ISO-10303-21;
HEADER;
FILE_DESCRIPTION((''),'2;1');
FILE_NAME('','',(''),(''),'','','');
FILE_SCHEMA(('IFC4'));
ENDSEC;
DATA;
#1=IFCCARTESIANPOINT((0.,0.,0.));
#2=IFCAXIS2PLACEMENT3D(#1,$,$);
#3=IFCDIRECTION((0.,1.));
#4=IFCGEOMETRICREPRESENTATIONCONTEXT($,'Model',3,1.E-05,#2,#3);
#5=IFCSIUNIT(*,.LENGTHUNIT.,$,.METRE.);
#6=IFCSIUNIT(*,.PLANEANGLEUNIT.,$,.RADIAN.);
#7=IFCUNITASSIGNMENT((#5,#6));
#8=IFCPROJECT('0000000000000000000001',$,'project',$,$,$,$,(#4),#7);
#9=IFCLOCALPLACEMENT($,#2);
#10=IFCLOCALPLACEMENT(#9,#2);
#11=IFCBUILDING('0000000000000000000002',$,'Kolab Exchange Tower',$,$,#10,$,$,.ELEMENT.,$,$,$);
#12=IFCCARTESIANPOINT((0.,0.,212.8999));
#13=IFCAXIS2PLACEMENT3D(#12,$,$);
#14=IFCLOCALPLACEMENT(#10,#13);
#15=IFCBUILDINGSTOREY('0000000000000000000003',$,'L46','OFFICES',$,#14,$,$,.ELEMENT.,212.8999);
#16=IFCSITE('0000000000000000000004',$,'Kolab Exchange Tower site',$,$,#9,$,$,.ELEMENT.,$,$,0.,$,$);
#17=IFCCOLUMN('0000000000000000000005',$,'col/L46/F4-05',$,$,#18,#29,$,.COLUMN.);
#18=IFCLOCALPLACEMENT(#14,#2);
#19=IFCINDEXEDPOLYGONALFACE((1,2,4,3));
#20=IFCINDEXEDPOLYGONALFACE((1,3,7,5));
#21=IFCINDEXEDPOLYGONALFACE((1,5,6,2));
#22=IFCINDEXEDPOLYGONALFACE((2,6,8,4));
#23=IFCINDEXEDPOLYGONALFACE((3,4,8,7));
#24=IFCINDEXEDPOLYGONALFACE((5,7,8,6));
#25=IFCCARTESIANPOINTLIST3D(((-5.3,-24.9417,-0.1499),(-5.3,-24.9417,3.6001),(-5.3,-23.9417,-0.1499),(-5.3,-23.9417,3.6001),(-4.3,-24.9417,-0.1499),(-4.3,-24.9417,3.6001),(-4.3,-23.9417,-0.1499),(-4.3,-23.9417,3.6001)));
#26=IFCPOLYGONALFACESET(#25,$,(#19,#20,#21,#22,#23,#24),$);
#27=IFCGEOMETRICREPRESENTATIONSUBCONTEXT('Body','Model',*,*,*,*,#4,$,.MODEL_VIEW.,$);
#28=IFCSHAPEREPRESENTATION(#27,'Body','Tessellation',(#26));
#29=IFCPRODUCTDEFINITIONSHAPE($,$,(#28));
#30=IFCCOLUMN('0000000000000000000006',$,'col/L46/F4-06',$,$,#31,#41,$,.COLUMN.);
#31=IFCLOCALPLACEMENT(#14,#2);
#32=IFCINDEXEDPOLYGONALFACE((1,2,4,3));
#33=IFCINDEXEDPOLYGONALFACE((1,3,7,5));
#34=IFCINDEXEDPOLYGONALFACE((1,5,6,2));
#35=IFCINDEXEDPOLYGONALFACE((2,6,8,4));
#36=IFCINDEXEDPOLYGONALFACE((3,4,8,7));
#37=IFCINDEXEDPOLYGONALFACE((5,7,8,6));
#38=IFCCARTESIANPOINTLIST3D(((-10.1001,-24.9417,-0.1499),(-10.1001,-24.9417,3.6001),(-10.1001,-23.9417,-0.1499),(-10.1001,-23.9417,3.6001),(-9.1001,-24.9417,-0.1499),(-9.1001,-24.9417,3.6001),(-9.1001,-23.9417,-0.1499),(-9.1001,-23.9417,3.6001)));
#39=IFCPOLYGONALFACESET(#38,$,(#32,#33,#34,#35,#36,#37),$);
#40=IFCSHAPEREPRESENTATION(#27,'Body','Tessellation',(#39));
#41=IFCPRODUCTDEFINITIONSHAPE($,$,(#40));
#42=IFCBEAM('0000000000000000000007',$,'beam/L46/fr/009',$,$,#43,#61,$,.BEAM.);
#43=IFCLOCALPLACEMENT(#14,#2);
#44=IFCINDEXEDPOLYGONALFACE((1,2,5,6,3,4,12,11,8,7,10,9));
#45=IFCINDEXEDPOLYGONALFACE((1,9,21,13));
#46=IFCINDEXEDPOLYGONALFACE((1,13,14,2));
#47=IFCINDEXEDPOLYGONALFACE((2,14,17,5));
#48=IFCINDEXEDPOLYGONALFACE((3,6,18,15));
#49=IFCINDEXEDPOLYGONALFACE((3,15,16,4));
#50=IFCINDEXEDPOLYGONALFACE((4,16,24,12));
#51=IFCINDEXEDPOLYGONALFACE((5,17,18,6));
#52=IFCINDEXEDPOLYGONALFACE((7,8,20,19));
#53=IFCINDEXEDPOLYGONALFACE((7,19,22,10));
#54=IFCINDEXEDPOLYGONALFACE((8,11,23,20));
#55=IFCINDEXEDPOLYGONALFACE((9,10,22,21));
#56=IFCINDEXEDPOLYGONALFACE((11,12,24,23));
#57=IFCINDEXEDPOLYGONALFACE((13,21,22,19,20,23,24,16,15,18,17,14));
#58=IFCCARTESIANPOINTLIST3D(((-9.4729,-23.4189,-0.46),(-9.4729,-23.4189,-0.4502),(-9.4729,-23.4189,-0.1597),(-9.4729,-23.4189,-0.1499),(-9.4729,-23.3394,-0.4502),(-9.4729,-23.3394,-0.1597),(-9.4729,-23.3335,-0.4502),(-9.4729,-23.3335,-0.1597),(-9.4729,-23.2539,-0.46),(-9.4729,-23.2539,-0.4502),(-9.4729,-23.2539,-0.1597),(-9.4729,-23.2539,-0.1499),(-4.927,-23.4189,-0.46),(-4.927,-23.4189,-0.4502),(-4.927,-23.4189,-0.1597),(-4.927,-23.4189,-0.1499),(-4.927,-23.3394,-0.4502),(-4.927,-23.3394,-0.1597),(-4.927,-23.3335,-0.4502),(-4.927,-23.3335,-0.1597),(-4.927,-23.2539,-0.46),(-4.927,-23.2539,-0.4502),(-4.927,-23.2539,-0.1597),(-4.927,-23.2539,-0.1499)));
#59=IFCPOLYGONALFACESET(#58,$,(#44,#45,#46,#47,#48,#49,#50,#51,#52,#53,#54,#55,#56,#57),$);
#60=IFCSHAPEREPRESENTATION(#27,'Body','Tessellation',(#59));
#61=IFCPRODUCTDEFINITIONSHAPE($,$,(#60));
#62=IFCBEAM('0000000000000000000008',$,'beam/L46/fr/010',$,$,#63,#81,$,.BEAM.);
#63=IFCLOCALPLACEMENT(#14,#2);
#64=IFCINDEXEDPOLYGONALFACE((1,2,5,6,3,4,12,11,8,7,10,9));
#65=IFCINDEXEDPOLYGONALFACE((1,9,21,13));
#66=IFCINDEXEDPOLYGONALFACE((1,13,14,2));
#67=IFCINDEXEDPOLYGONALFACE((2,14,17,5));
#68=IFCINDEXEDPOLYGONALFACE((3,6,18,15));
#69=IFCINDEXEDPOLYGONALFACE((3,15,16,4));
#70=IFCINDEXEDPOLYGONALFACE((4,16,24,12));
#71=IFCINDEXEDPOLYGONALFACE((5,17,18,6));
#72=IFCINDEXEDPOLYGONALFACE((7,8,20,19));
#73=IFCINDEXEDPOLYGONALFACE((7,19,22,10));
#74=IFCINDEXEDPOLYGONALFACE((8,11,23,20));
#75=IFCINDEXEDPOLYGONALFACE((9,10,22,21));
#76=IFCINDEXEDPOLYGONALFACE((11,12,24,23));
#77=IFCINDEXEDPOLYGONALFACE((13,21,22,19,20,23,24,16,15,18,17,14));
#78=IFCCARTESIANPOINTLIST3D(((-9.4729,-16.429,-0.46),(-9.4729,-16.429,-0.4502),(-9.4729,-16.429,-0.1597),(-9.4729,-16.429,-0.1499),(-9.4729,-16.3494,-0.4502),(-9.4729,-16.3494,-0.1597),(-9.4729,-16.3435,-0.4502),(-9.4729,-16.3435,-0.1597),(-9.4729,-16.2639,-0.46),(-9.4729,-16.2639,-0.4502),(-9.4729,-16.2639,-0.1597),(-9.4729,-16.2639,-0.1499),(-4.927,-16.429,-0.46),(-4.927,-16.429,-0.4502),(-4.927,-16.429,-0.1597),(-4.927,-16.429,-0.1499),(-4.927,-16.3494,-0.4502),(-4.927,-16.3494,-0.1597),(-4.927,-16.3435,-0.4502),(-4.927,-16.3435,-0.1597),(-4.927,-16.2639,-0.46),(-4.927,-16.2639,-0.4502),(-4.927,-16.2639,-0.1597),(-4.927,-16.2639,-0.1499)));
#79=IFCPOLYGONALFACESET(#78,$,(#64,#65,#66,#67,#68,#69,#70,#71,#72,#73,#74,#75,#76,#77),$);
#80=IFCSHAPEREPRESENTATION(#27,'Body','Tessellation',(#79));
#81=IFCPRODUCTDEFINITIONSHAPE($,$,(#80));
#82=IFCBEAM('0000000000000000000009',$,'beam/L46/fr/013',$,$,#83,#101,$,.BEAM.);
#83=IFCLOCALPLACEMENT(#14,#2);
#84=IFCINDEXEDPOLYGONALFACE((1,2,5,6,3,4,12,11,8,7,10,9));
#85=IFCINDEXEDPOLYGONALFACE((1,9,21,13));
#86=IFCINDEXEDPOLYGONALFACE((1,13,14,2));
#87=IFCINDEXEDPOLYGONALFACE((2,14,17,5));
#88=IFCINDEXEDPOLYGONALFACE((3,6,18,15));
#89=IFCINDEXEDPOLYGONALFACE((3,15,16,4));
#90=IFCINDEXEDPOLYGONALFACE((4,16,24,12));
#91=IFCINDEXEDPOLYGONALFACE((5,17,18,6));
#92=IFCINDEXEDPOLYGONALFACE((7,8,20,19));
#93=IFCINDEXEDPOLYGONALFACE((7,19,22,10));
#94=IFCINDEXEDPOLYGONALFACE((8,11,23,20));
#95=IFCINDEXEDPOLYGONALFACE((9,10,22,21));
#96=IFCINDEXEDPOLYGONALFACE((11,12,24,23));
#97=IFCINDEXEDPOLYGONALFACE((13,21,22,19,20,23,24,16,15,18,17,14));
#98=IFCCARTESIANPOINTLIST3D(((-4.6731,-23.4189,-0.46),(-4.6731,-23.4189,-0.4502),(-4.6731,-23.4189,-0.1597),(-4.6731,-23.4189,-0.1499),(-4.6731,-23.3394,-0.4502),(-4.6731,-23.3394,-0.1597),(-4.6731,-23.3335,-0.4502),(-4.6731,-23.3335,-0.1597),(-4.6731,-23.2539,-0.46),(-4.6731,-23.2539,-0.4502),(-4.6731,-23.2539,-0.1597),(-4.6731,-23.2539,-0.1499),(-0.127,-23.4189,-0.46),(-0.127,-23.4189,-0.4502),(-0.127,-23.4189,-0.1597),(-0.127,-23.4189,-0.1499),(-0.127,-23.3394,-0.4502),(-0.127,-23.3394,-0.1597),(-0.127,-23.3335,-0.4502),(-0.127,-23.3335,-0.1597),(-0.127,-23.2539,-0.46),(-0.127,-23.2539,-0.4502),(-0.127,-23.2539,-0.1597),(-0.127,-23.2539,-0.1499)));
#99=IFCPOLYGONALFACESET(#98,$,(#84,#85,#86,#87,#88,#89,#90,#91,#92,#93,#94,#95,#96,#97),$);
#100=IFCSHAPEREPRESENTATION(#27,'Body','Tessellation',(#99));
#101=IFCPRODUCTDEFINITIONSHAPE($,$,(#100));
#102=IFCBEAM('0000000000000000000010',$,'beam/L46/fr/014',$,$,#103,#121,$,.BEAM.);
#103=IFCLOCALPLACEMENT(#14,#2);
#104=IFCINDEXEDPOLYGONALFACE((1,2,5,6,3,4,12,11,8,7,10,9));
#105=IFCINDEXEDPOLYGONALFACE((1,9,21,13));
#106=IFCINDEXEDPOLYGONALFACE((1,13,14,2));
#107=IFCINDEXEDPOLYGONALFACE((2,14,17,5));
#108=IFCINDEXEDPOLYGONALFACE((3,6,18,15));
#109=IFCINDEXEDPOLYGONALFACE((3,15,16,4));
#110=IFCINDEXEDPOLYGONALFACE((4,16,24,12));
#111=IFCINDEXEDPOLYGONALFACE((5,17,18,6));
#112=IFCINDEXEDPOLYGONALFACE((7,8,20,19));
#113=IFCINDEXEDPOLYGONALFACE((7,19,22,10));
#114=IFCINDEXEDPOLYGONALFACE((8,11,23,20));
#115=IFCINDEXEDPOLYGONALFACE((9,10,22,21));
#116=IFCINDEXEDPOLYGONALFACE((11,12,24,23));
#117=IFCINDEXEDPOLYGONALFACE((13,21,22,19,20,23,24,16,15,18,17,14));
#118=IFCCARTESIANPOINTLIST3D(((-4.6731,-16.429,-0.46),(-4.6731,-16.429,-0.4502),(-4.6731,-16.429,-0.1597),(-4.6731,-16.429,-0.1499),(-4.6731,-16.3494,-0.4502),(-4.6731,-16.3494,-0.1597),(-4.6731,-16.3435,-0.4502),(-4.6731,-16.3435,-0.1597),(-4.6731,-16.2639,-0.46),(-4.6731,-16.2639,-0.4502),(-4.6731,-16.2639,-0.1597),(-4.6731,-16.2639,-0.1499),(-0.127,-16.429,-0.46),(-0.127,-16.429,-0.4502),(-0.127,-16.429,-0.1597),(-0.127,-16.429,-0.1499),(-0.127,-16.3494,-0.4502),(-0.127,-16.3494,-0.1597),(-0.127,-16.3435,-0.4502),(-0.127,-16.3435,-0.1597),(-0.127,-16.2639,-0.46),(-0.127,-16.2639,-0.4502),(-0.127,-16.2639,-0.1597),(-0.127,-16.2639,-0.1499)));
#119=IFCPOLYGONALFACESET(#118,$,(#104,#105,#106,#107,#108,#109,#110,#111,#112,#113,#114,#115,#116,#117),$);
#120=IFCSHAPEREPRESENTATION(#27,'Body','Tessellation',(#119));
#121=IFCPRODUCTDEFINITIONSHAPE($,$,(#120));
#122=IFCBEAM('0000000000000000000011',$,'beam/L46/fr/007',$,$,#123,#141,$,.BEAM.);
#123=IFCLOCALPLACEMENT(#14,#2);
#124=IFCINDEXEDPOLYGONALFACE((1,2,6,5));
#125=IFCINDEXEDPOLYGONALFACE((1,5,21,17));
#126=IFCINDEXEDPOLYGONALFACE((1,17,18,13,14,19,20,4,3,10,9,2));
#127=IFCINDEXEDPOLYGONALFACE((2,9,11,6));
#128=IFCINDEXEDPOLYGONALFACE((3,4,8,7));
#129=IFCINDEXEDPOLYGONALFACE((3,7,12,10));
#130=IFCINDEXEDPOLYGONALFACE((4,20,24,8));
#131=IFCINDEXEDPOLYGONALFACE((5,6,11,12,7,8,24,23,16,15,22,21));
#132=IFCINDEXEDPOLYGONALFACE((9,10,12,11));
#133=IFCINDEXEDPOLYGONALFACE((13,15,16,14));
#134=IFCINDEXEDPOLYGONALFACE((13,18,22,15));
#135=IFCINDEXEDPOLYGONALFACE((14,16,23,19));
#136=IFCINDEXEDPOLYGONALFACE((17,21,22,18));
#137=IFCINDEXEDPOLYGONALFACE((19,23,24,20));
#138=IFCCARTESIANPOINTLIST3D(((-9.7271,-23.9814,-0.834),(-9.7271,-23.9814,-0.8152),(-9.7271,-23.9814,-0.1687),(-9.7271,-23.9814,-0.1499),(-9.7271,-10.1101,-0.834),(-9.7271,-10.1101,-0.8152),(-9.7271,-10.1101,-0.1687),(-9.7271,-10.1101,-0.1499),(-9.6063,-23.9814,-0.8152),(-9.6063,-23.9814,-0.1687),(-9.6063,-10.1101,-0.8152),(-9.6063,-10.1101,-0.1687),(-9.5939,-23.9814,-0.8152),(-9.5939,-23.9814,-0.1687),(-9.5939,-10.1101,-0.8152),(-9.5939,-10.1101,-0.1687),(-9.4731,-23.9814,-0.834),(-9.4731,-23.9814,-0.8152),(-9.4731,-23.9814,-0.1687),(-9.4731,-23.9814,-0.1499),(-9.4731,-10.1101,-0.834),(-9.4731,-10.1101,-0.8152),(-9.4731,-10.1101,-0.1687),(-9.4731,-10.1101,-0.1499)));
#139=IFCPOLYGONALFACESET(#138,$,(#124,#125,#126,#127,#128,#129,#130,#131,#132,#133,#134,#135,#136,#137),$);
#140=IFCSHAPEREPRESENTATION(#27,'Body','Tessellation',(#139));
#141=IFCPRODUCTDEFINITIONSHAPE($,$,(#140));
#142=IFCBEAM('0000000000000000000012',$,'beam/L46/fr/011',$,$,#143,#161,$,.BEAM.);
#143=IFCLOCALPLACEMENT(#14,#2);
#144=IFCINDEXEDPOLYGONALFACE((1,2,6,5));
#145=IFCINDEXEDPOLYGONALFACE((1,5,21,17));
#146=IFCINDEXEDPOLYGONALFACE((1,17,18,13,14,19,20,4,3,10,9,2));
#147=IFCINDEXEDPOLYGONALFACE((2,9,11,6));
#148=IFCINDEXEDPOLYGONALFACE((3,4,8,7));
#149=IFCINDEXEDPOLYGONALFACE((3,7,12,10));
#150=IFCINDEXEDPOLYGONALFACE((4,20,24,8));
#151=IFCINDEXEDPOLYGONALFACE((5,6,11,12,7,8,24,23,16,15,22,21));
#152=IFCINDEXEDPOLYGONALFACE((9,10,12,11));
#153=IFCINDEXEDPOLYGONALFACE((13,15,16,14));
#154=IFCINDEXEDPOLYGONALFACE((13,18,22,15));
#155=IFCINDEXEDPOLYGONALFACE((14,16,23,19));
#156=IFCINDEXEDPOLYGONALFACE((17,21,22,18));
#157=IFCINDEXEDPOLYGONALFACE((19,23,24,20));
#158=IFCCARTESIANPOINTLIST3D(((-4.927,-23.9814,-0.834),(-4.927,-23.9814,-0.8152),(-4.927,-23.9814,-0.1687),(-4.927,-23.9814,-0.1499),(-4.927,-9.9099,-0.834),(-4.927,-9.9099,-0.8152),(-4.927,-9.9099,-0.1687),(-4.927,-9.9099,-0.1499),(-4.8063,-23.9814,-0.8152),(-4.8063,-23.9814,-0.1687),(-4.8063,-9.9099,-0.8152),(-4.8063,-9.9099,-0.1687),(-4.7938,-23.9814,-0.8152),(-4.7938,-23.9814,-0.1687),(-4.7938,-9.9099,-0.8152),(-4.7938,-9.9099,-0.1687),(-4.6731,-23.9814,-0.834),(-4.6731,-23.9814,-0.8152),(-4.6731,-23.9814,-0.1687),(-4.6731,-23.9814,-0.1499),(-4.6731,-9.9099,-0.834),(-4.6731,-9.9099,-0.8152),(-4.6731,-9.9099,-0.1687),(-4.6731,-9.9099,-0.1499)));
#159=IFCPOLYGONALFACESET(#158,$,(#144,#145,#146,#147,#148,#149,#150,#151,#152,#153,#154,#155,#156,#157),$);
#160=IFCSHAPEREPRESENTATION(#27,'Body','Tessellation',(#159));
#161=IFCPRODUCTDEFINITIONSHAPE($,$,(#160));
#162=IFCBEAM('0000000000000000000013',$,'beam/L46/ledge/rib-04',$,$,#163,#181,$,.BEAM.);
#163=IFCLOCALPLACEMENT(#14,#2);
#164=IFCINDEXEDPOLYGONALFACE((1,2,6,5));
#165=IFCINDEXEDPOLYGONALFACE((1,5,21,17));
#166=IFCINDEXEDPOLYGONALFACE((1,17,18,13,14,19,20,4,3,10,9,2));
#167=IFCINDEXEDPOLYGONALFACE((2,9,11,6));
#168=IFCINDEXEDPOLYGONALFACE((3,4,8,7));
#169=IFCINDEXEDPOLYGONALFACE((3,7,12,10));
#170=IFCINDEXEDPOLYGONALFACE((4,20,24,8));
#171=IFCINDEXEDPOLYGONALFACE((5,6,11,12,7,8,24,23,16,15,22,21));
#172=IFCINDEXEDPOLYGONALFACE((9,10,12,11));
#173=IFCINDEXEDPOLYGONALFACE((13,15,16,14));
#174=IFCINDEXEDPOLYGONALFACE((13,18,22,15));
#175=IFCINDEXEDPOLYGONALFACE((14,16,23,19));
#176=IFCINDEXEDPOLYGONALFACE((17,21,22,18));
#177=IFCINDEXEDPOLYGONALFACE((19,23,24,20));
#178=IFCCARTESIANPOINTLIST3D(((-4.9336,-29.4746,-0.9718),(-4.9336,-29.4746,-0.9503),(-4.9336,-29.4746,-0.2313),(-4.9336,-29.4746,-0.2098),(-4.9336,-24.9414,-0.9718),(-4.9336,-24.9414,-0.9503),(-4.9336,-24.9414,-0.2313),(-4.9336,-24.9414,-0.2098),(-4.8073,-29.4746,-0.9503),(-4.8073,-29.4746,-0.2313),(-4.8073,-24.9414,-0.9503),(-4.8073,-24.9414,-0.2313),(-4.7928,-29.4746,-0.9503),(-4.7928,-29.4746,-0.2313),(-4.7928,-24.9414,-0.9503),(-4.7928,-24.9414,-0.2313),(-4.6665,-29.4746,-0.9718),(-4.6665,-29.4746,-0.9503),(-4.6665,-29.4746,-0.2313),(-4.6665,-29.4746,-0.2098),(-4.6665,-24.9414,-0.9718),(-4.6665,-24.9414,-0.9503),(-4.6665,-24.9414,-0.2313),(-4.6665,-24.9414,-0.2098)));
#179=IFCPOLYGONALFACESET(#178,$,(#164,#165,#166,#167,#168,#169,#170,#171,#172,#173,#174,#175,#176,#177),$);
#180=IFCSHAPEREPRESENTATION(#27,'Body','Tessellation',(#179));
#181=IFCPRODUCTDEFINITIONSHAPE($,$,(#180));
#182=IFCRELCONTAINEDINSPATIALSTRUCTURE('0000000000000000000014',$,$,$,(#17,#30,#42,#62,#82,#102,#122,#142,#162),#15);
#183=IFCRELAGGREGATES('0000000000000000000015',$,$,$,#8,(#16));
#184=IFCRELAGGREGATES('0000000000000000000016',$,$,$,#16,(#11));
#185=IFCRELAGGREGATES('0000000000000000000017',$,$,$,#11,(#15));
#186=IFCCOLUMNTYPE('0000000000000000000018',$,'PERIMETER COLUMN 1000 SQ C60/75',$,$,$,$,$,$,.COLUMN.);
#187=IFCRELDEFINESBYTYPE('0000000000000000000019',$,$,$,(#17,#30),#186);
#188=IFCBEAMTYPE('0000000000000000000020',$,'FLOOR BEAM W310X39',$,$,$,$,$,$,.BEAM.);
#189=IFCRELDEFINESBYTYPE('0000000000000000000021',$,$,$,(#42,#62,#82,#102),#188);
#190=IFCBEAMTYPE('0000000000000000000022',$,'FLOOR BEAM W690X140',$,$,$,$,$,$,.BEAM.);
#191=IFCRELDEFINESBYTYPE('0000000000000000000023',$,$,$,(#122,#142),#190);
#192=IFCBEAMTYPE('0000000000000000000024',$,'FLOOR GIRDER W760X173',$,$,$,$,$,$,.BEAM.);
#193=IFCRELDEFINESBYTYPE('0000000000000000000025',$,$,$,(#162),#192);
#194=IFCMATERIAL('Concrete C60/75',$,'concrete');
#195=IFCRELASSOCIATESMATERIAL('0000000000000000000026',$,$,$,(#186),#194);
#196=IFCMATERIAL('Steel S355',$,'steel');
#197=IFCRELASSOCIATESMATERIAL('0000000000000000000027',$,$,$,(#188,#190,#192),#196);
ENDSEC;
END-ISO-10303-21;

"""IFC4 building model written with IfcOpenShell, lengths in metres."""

from ifc_helpers import new_model, si_unit, direction, frame, origin, origin_2d, place, context, subcontext, project, spatial, rectangle, i_section, extrude, material, material_profile, profile_set, type_object, element, save


model = new_model("IFC4")

# Units and contexts
model_context = context("Model", 3, precision=1e-05, world=origin(), true_north=direction((0.0, 1.0)))
body_context = subcontext(model_context, "Body", "Model", "MODEL_VIEW")
ifc_project = project(units=[si_unit("LENGTHUNIT", "METRE"), si_unit("PLANEANGLEUNIT", "RADIAN")], contexts=[model_context])

# Site, building, storey
site_placement = place(None, origin())
site = spatial("IfcSite", under=ifc_project, at=site_placement, Name="Kolab Exchange Tower site", CompositionType="ELEMENT", RefElevation=0.0)
building_placement = place(site_placement, origin())
building = spatial("IfcBuilding", under=site, at=building_placement, Name="Kolab Exchange Tower", CompositionType="ELEMENT")
storey_placement = place(building_placement, frame((0.0, 0.0, 212.8999)))
storey = spatial("IfcBuildingStorey", under=building, at=storey_placement, Name="L46", Description="OFFICES", CompositionType="ELEMENT", Elevation=212.8999)

# Columns
ifc_material_1 = material(Name="Concrete C60/75", Category="concrete")
ifc_material_profile_1 = material_profile(ifc_material_1, rectangle(XDim=1.0, YDim=1.0, at=origin_2d()), Name="RC1000")
ifc_profile_set_1 = profile_set([ifc_material_profile_1], Name="Concrete C60/75")
column_type = type_object("IfcColumnType", Name="PERIMETER COLUMN 1000 SQ C60/75", PredefinedType="COLUMN", material=ifc_profile_set_1)
for number, where, z_axis, x_axis, name in (
    (1, (-4.8, -24.4417, -0.1499), (0.0, 0.0, 1.0), (1.0, 0.0, 0.0), "col/L46/F4-05"),
    (2, (-9.6001, -24.4417, -0.1499), (0.0, 0.0, 1.0), (1.0, 0.0, 0.0), "col/L46/F4-06"),
):
    element("IfcColumn", number, at=place(storey_placement, frame(where, z_axis=z_axis, x_axis=x_axis)), inside=storey, type_object=column_type, Name=name, PredefinedType="COLUMN", context=body_context, shape_type="SweptSolid", body=[
        extrude(rectangle(XDim=1.0, YDim=1.0, at=origin_2d()), origin(), (0.0, 0.0, 1.0), 3.75),
    ])

# Beams
ifc_material_2 = material(Name="Steel S355", Category="steel")
ifc_material_profile_2 = material_profile(ifc_material_2, i_section(OverallWidth=0.165, OverallDepth=0.3101, WebThickness=0.0059, FlangeThickness=0.0098, at=origin_2d()), Name="W310X39")
ifc_profile_set_2 = profile_set([ifc_material_profile_2], Name="Steel S355")
beam_type_1 = type_object("IfcBeamType", Name="FLOOR BEAM W310X39", PredefinedType="BEAM", material=ifc_profile_set_2)
for number, where, z_axis, x_axis, name in (
    (3, (-9.4729, -23.3364, -0.3049), (1.0, 0.0, 0.0), (0.0, 1.0, 0.0), "beam/L46/fr/009"),
    (4, (-9.4729, -16.3464, -0.3049), (1.0, 0.0, 0.0), (0.0, 1.0, 0.0), "beam/L46/fr/010"),
):
    element("IfcBeam", number, at=place(storey_placement, frame(where, z_axis=z_axis, x_axis=x_axis)), inside=storey, type_object=beam_type_1, Name=name, PredefinedType="BEAM", context=body_context, shape_type="SweptSolid", body=[
        extrude(i_section(OverallWidth=0.165, OverallDepth=0.3101, WebThickness=0.0059, FlangeThickness=0.0098, at=origin_2d()), origin(), (0.0, 0.0, 1.0), 4.5459),
    ])
for number, where, z_axis, x_axis, name in (
    (5, (-4.6731, -23.3364, -0.3049), (1.0, 0.0, 0.0), (0.0, 1.0, 0.0), "beam/L46/fr/013"),
    (6, (-4.6731, -16.3464, -0.3049), (1.0, 0.0, 0.0), (0.0, 1.0, 0.0), "beam/L46/fr/014"),
):
    element("IfcBeam", number, at=place(storey_placement, frame(where, z_axis=z_axis, x_axis=x_axis)), inside=storey, type_object=beam_type_1, Name=name, PredefinedType="BEAM", context=body_context, shape_type="SweptSolid", body=[
        extrude(i_section(OverallWidth=0.165, OverallDepth=0.3101, WebThickness=0.0059, FlangeThickness=0.0098, at=origin_2d()), origin(), (0.0, 0.0, 1.0), 4.5461),
    ])
ifc_material_profile_3 = material_profile(ifc_material_2, i_section(OverallWidth=0.2539, OverallDepth=0.6841, WebThickness=0.0125, FlangeThickness=0.0188, at=origin_2d()), Name="W690X140")
ifc_profile_set_3 = profile_set([ifc_material_profile_3], Name="Steel S355")
beam_type_2 = type_object("IfcBeamType", Name="FLOOR BEAM W690X140", PredefinedType="BEAM", material=ifc_profile_set_3)
beam_1_placement = place(storey_placement, frame((-9.6001, -23.9814, -0.4919), z_axis=(0.0, 1.0, 0.0), x_axis=(-1.0, 0.0, 0.0)))
element("IfcBeam", 7, at=beam_1_placement, inside=storey, type_object=beam_type_2, Name="beam/L46/fr/007", PredefinedType="BEAM", context=body_context, shape_type="SweptSolid", body=[
    extrude(i_section(OverallWidth=0.2539, OverallDepth=0.6841, WebThickness=0.0125, FlangeThickness=0.0188, at=origin_2d()), origin(), (0.0, 0.0, 1.0), 13.8713),
])
beam_2_placement = place(storey_placement, frame((-4.8, -23.9814, -0.4919), z_axis=(0.0, 1.0, 0.0), x_axis=(-1.0, 0.0, 0.0)))
element("IfcBeam", 8, at=beam_2_placement, inside=storey, type_object=beam_type_2, Name="beam/L46/fr/011", PredefinedType="BEAM", context=body_context, shape_type="SweptSolid", body=[
    extrude(i_section(OverallWidth=0.2539, OverallDepth=0.6841, WebThickness=0.0125, FlangeThickness=0.0188, at=origin_2d()), origin(), (0.0, 0.0, 1.0), 14.0715),
])
ifc_material_profile_4 = material_profile(ifc_material_2, i_section(OverallWidth=0.2671, OverallDepth=0.762, WebThickness=0.0144, FlangeThickness=0.0215, at=origin_2d()), Name="W760X173")
ifc_profile_set_4 = profile_set([ifc_material_profile_4], Name="Steel S355")
beam_type_3 = type_object("IfcBeamType", Name="FLOOR GIRDER W760X173", PredefinedType="BEAM", material=ifc_profile_set_4)
for number, where, z_axis, x_axis, name in (
    (9, (-4.8, -24.9414, -0.5908), (0.0, -1.0, 0.0), (1.0, 0.0, 0.0), "beam/L46/ledge/rib-04"),
):
    element("IfcBeam", number, at=place(storey_placement, frame(where, z_axis=z_axis, x_axis=x_axis)), inside=storey, type_object=beam_type_3, Name=name, PredefinedType="BEAM", context=body_context, shape_type="SweptSolid", body=[
        extrude(i_section(OverallWidth=0.2671, OverallDepth=0.762, WebThickness=0.0144, FlangeThickness=0.0215, at=origin_2d()), origin(), (0.0, 0.0, 1.0), 4.5332),
    ])

save(model, "model.ifc")
